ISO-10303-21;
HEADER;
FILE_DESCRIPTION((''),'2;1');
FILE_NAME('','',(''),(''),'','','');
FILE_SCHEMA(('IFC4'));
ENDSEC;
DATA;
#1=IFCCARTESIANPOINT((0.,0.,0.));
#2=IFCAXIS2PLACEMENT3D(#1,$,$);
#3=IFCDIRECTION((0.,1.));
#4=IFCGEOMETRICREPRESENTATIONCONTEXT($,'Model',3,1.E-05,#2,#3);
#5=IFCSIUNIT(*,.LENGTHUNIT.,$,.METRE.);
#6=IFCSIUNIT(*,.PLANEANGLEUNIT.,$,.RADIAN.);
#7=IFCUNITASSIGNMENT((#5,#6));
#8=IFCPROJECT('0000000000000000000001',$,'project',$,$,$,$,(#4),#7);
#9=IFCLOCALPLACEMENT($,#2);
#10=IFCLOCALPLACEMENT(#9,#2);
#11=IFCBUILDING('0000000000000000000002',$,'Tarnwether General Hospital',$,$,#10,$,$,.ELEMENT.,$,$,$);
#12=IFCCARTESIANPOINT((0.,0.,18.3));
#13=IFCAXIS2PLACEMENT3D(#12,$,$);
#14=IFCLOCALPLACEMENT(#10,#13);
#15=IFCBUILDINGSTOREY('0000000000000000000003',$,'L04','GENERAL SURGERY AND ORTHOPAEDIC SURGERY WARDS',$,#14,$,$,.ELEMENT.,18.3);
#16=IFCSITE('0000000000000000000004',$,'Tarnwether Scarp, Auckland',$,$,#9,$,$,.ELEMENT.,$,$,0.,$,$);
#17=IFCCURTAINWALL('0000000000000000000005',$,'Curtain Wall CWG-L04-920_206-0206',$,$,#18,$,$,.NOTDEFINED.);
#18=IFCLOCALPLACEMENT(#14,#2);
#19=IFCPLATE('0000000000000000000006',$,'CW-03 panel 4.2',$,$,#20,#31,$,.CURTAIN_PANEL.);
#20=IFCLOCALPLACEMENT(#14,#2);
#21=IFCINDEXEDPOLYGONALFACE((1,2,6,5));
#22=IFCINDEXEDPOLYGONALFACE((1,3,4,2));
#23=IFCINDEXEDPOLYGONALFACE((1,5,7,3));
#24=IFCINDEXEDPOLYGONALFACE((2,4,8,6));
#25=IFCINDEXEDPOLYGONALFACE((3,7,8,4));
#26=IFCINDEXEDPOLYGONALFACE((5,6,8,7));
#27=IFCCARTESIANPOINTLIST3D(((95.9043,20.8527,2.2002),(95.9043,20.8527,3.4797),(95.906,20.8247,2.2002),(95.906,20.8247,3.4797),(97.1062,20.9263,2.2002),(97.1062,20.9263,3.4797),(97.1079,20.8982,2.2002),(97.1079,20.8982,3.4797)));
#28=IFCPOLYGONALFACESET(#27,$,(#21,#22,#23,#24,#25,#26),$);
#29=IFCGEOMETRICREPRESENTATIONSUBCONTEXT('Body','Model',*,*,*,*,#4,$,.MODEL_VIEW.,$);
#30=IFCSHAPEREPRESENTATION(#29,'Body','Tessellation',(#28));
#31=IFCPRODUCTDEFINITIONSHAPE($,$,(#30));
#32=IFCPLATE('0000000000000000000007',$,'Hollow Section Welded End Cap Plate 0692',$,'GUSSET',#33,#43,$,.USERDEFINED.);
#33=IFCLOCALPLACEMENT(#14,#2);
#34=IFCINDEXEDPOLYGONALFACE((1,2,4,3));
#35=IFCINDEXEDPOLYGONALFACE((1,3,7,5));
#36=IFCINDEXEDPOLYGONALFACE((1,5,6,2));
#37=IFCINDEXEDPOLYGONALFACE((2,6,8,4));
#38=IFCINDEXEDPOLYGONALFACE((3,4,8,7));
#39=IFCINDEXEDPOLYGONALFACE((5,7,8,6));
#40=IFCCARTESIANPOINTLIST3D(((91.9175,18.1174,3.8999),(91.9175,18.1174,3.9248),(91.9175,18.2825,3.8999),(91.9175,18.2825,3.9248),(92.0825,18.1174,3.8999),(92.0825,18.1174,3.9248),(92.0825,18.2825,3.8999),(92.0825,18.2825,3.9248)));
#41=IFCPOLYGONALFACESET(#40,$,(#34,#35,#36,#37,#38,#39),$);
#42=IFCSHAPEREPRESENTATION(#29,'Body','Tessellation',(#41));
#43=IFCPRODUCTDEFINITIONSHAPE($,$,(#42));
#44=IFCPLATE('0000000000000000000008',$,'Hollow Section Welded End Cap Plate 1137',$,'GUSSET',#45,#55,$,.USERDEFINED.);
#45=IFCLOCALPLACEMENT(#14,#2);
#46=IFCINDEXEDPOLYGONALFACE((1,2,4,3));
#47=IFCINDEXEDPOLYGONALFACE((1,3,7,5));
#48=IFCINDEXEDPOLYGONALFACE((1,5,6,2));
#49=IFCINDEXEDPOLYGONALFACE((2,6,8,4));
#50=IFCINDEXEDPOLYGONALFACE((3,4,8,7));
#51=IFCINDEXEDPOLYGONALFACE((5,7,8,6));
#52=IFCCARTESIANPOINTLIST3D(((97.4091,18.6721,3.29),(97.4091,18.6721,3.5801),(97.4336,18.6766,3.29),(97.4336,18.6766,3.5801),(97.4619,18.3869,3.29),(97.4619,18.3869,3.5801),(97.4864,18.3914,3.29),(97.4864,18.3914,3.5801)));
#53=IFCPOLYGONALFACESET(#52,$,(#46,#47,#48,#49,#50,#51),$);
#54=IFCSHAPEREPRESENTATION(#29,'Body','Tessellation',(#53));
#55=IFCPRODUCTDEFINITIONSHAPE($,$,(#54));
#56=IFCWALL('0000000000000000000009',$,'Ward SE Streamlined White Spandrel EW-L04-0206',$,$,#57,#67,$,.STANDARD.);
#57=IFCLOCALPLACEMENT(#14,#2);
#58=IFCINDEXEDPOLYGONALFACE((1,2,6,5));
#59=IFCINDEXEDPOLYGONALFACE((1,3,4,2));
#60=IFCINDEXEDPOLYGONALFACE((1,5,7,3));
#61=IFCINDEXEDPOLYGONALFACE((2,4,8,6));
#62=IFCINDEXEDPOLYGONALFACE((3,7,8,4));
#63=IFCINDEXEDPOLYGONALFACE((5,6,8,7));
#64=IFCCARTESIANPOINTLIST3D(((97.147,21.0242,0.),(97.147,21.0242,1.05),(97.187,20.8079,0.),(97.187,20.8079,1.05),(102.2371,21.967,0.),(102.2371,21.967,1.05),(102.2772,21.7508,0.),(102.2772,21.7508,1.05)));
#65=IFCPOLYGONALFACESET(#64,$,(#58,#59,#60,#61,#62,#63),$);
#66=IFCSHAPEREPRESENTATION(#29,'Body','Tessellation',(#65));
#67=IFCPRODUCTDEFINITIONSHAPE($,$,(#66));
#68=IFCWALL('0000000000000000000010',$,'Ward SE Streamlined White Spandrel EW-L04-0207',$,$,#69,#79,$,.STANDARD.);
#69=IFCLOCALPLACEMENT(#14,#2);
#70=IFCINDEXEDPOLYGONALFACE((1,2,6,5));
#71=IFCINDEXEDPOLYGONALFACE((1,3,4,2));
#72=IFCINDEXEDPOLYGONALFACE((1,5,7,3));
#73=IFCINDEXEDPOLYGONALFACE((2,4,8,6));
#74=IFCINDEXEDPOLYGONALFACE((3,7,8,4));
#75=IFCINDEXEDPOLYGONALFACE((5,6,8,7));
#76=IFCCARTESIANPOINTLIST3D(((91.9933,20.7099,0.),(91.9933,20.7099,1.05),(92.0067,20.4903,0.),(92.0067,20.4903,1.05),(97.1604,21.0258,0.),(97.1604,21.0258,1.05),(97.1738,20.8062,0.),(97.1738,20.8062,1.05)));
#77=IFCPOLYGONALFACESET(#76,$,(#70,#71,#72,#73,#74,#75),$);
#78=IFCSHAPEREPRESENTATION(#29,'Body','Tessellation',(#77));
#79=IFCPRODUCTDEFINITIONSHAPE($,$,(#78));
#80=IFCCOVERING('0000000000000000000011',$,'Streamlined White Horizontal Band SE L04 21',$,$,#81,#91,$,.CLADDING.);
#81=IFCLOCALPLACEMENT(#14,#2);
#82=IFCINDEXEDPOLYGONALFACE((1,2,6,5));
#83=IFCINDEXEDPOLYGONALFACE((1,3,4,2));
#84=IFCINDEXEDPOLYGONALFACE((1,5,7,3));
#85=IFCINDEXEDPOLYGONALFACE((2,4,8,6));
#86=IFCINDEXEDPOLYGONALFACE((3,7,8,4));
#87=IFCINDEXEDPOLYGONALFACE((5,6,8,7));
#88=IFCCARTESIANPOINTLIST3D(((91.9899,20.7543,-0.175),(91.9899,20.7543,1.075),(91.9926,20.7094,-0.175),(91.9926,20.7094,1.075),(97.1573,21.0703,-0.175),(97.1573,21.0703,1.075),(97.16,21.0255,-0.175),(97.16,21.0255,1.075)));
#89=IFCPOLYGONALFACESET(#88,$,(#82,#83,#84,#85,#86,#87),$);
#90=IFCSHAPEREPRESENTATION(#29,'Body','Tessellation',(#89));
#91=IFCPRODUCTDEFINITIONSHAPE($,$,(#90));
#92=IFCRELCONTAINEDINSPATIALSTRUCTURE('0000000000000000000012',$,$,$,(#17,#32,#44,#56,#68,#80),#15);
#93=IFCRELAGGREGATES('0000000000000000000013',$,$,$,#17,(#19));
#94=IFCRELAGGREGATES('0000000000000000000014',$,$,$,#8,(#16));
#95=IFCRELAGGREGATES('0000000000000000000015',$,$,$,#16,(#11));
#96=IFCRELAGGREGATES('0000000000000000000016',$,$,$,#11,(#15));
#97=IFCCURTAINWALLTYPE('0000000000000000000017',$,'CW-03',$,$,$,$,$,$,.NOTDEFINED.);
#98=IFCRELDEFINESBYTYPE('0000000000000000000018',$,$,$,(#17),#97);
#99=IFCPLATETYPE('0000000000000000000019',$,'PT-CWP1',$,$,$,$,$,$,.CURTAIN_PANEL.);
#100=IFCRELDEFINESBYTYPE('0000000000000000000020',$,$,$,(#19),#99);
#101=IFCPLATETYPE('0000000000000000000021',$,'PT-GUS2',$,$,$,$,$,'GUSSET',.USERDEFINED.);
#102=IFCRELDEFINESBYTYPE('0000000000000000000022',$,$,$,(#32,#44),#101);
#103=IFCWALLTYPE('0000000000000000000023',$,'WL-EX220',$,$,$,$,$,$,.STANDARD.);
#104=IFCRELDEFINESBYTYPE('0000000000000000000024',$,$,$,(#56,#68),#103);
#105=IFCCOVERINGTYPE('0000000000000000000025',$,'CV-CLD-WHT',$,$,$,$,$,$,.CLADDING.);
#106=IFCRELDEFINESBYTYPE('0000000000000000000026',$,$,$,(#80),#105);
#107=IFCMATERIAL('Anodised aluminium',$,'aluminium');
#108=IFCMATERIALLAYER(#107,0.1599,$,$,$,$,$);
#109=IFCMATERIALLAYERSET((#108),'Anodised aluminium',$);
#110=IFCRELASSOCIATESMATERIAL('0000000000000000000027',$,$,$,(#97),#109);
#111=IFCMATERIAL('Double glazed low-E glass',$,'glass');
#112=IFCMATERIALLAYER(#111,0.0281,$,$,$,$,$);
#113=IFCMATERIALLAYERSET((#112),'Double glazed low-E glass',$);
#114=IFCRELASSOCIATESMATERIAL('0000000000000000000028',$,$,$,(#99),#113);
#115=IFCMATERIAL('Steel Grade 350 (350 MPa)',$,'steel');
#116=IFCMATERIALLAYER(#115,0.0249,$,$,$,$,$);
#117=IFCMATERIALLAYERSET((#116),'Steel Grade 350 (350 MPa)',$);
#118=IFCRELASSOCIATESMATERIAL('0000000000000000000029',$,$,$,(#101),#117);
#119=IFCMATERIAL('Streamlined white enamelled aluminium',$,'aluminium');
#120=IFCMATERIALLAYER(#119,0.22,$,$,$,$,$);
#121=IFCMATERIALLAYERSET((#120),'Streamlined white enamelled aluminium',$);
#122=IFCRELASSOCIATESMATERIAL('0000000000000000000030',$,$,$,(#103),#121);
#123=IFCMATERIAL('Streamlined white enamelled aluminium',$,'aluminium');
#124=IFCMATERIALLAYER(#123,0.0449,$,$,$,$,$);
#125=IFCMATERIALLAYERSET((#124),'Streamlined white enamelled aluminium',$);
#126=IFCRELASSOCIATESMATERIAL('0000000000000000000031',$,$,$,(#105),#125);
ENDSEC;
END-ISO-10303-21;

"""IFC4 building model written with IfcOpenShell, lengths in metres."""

from ifc_helpers import new_model, si_unit, direction, frame, frame_2d, origin, origin_2d, place, context, subcontext, project, spatial, rectangle, extrude, material, layer, layer_set, type_object, element, aggregate, save


model = new_model("IFC4")

# Units and contexts
model_context = context("Model", 3, precision=1e-05, world=origin(), true_north=direction((0.0, 1.0)))
body_context = subcontext(model_context, "Body", "Model", "MODEL_VIEW")
ifc_project = project(units=[si_unit("LENGTHUNIT", "METRE"), si_unit("PLANEANGLEUNIT", "RADIAN")], contexts=[model_context])

# Site, building, storey
site_placement = place(None, origin())
site = spatial("IfcSite", under=ifc_project, at=site_placement, Name="Tarnwether Scarp, Auckland", CompositionType="ELEMENT", RefElevation=0.0)
building_placement = place(site_placement, origin())
building = spatial("IfcBuilding", under=site, at=building_placement, Name="Tarnwether General Hospital", CompositionType="ELEMENT")
storey_placement = place(building_placement, frame((0.0, 0.0, 18.3)))
storey = spatial("IfcBuildingStorey", under=building, at=storey_placement, Name="L04", Description="GENERAL SURGERY AND ORTHOPAEDIC SURGERY WARDS", CompositionType="ELEMENT", Elevation=18.3)

# Curtain wall
ifc_material_1 = material(Name="Anodised aluminium", Category="aluminium")
ifc_layer_1 = layer(ifc_material_1, 0.1599)
ifc_layer_set_1 = layer_set([ifc_layer_1], Name="Anodised aluminium")
curtain_wall_type = type_object("IfcCurtainWallType", Name="CW-03", PredefinedType="NOTDEFINED", material=ifc_layer_set_1)
curtain_wall_1_placement = place(storey_placement, origin())
curtain_wall_1 = element("IfcCurtainWall", 1, at=curtain_wall_1_placement, inside=storey, type_object=curtain_wall_type, Name="Curtain Wall CWG-L04-920_206-0206", PredefinedType="NOTDEFINED")

# Plate
ifc_material_2 = material(Name="Double glazed low-E glass", Category="glass")
ifc_layer_2 = layer(ifc_material_2, 0.0281)
ifc_layer_set_2 = layer_set([ifc_layer_2], Name="Double glazed low-E glass")
plate_type_1 = type_object("IfcPlateType", Name="PT-CWP1", PredefinedType="CURTAIN_PANEL", material=ifc_layer_set_2)
plate_1_placement = place(storey_placement, frame((96.5061, 20.8755, 2.2002), z_axis=(0.0, 0.0, 1.0), x_axis=(0.998135, 0.061043, 0.0)))
plate_1 = element("IfcPlate", 2, at=plate_1_placement, type_object=plate_type_1, Name="CW-03 panel 4.2", PredefinedType="CURTAIN_PANEL", context=body_context, shape_type="SweptSolid", body=[
    extrude(rectangle(XDim=1.2041, YDim=0.0281, at=origin_2d()), origin(), (0.0, 0.0, 1.0), 1.2795),
])
aggregate(curtain_wall_1, [plate_1])

# Plates
ifc_material_3 = material(Name="Steel Grade 350 (350 MPa)", Category="steel")
ifc_layer_3 = layer(ifc_material_3, 0.0249)
ifc_layer_set_3 = layer_set([ifc_layer_3], Name="Steel Grade 350 (350 MPa)")
plate_type_2 = type_object("IfcPlateType", Name="PT-GUS2", ElementType="GUSSET", PredefinedType="USERDEFINED", material=ifc_layer_set_3)
plate_2_placement = place(storey_placement, frame((92.0, 18.2, 3.8999), z_axis=(0.0, 0.0, 1.0), x_axis=(1.0, 0.0, 0.0)))
element("IfcPlate", 3, at=plate_2_placement, inside=storey, type_object=plate_type_2, Name="Hollow Section Welded End Cap Plate 0692", ObjectType="GUSSET", PredefinedType="USERDEFINED", context=body_context, shape_type="SweptSolid", body=[
    extrude(rectangle(XDim=0.165, YDim=0.165, at=origin_2d()), origin(), (0.0, 0.0, 1.0), 0.0249),
])
plate_3_placement = place(storey_placement, frame((97.4478, 18.5317, 3.29), z_axis=(0.0, 0.0, 1.0), x_axis=(0.983245, 0.182287, 0.0)))
element("IfcPlate", 4, at=plate_3_placement, inside=storey, type_object=plate_type_2, Name="Hollow Section Welded End Cap Plate 1137", ObjectType="GUSSET", PredefinedType="USERDEFINED", context=body_context, shape_type="SweptSolid", body=[
    extrude(rectangle(XDim=0.0249, YDim=0.29, at=origin_2d()), origin(), (0.0, 0.0, 1.0), 0.29),
])

# Walls
ifc_material_4 = material(Name="Streamlined white enamelled aluminium", Category="aluminium")
ifc_layer_4 = layer(ifc_material_4, 0.22)
ifc_layer_set_4 = layer_set([ifc_layer_4], Name="Streamlined white enamelled aluminium")
wall_type = type_object("IfcWallType", Name="WL-EX220", PredefinedType="STANDARD", material=ifc_layer_set_4)
for number, where, z_axis, x_axis, name in (
    (5, (97.167, 20.916, 0.0), (0.0, 0.0, 1.0), (0.983273, 0.182138, 0.0), "Ward SE Streamlined White Spandrel EW-L04-0206"),
    (6, (92.0, 20.6001, 0.0), (0.0, 0.0, 1.0), (0.998136, 0.061028, 0.0), "Ward SE Streamlined White Spandrel EW-L04-0207"),
):
    element("IfcWall", number, at=place(storey_placement, frame(where, z_axis=z_axis, x_axis=x_axis)), inside=storey, type_object=wall_type, Name=name, PredefinedType="STANDARD", context=body_context, shape_type="SweptSolid", body=[
        extrude(rectangle(XDim=5.1768, YDim=0.22, at=frame_2d((2.5884, 0.0))), origin(), (0.0, 0.0, 1.0), 1.05),
    ])

# Covering
ifc_material_5 = material(Name="Streamlined white enamelled aluminium", Category="aluminium")
ifc_layer_5 = layer(ifc_material_5, 0.0449)
ifc_layer_set_5 = layer_set([ifc_layer_5], Name="Streamlined white enamelled aluminium")
covering_type = type_object("IfcCoveringType", Name="CV-CLD-WHT", PredefinedType="CLADDING", material=ifc_layer_set_5)
covering_placement = place(storey_placement, frame((94.575, 20.8899, -0.175), z_axis=(0.0, 0.0, 1.0), x_axis=(0.998135, 0.061049, 0.0)))
element("IfcCovering", 7, at=covering_placement, inside=storey, type_object=covering_type, Name="Streamlined White Horizontal Band SE L04 21", PredefinedType="CLADDING", context=body_context, shape_type="SweptSolid", body=[
    extrude(rectangle(XDim=5.177, YDim=0.0449, at=origin_2d()), origin(), (0.0, 0.0, 1.0), 1.25),
])

save(model, "model.ifc")
